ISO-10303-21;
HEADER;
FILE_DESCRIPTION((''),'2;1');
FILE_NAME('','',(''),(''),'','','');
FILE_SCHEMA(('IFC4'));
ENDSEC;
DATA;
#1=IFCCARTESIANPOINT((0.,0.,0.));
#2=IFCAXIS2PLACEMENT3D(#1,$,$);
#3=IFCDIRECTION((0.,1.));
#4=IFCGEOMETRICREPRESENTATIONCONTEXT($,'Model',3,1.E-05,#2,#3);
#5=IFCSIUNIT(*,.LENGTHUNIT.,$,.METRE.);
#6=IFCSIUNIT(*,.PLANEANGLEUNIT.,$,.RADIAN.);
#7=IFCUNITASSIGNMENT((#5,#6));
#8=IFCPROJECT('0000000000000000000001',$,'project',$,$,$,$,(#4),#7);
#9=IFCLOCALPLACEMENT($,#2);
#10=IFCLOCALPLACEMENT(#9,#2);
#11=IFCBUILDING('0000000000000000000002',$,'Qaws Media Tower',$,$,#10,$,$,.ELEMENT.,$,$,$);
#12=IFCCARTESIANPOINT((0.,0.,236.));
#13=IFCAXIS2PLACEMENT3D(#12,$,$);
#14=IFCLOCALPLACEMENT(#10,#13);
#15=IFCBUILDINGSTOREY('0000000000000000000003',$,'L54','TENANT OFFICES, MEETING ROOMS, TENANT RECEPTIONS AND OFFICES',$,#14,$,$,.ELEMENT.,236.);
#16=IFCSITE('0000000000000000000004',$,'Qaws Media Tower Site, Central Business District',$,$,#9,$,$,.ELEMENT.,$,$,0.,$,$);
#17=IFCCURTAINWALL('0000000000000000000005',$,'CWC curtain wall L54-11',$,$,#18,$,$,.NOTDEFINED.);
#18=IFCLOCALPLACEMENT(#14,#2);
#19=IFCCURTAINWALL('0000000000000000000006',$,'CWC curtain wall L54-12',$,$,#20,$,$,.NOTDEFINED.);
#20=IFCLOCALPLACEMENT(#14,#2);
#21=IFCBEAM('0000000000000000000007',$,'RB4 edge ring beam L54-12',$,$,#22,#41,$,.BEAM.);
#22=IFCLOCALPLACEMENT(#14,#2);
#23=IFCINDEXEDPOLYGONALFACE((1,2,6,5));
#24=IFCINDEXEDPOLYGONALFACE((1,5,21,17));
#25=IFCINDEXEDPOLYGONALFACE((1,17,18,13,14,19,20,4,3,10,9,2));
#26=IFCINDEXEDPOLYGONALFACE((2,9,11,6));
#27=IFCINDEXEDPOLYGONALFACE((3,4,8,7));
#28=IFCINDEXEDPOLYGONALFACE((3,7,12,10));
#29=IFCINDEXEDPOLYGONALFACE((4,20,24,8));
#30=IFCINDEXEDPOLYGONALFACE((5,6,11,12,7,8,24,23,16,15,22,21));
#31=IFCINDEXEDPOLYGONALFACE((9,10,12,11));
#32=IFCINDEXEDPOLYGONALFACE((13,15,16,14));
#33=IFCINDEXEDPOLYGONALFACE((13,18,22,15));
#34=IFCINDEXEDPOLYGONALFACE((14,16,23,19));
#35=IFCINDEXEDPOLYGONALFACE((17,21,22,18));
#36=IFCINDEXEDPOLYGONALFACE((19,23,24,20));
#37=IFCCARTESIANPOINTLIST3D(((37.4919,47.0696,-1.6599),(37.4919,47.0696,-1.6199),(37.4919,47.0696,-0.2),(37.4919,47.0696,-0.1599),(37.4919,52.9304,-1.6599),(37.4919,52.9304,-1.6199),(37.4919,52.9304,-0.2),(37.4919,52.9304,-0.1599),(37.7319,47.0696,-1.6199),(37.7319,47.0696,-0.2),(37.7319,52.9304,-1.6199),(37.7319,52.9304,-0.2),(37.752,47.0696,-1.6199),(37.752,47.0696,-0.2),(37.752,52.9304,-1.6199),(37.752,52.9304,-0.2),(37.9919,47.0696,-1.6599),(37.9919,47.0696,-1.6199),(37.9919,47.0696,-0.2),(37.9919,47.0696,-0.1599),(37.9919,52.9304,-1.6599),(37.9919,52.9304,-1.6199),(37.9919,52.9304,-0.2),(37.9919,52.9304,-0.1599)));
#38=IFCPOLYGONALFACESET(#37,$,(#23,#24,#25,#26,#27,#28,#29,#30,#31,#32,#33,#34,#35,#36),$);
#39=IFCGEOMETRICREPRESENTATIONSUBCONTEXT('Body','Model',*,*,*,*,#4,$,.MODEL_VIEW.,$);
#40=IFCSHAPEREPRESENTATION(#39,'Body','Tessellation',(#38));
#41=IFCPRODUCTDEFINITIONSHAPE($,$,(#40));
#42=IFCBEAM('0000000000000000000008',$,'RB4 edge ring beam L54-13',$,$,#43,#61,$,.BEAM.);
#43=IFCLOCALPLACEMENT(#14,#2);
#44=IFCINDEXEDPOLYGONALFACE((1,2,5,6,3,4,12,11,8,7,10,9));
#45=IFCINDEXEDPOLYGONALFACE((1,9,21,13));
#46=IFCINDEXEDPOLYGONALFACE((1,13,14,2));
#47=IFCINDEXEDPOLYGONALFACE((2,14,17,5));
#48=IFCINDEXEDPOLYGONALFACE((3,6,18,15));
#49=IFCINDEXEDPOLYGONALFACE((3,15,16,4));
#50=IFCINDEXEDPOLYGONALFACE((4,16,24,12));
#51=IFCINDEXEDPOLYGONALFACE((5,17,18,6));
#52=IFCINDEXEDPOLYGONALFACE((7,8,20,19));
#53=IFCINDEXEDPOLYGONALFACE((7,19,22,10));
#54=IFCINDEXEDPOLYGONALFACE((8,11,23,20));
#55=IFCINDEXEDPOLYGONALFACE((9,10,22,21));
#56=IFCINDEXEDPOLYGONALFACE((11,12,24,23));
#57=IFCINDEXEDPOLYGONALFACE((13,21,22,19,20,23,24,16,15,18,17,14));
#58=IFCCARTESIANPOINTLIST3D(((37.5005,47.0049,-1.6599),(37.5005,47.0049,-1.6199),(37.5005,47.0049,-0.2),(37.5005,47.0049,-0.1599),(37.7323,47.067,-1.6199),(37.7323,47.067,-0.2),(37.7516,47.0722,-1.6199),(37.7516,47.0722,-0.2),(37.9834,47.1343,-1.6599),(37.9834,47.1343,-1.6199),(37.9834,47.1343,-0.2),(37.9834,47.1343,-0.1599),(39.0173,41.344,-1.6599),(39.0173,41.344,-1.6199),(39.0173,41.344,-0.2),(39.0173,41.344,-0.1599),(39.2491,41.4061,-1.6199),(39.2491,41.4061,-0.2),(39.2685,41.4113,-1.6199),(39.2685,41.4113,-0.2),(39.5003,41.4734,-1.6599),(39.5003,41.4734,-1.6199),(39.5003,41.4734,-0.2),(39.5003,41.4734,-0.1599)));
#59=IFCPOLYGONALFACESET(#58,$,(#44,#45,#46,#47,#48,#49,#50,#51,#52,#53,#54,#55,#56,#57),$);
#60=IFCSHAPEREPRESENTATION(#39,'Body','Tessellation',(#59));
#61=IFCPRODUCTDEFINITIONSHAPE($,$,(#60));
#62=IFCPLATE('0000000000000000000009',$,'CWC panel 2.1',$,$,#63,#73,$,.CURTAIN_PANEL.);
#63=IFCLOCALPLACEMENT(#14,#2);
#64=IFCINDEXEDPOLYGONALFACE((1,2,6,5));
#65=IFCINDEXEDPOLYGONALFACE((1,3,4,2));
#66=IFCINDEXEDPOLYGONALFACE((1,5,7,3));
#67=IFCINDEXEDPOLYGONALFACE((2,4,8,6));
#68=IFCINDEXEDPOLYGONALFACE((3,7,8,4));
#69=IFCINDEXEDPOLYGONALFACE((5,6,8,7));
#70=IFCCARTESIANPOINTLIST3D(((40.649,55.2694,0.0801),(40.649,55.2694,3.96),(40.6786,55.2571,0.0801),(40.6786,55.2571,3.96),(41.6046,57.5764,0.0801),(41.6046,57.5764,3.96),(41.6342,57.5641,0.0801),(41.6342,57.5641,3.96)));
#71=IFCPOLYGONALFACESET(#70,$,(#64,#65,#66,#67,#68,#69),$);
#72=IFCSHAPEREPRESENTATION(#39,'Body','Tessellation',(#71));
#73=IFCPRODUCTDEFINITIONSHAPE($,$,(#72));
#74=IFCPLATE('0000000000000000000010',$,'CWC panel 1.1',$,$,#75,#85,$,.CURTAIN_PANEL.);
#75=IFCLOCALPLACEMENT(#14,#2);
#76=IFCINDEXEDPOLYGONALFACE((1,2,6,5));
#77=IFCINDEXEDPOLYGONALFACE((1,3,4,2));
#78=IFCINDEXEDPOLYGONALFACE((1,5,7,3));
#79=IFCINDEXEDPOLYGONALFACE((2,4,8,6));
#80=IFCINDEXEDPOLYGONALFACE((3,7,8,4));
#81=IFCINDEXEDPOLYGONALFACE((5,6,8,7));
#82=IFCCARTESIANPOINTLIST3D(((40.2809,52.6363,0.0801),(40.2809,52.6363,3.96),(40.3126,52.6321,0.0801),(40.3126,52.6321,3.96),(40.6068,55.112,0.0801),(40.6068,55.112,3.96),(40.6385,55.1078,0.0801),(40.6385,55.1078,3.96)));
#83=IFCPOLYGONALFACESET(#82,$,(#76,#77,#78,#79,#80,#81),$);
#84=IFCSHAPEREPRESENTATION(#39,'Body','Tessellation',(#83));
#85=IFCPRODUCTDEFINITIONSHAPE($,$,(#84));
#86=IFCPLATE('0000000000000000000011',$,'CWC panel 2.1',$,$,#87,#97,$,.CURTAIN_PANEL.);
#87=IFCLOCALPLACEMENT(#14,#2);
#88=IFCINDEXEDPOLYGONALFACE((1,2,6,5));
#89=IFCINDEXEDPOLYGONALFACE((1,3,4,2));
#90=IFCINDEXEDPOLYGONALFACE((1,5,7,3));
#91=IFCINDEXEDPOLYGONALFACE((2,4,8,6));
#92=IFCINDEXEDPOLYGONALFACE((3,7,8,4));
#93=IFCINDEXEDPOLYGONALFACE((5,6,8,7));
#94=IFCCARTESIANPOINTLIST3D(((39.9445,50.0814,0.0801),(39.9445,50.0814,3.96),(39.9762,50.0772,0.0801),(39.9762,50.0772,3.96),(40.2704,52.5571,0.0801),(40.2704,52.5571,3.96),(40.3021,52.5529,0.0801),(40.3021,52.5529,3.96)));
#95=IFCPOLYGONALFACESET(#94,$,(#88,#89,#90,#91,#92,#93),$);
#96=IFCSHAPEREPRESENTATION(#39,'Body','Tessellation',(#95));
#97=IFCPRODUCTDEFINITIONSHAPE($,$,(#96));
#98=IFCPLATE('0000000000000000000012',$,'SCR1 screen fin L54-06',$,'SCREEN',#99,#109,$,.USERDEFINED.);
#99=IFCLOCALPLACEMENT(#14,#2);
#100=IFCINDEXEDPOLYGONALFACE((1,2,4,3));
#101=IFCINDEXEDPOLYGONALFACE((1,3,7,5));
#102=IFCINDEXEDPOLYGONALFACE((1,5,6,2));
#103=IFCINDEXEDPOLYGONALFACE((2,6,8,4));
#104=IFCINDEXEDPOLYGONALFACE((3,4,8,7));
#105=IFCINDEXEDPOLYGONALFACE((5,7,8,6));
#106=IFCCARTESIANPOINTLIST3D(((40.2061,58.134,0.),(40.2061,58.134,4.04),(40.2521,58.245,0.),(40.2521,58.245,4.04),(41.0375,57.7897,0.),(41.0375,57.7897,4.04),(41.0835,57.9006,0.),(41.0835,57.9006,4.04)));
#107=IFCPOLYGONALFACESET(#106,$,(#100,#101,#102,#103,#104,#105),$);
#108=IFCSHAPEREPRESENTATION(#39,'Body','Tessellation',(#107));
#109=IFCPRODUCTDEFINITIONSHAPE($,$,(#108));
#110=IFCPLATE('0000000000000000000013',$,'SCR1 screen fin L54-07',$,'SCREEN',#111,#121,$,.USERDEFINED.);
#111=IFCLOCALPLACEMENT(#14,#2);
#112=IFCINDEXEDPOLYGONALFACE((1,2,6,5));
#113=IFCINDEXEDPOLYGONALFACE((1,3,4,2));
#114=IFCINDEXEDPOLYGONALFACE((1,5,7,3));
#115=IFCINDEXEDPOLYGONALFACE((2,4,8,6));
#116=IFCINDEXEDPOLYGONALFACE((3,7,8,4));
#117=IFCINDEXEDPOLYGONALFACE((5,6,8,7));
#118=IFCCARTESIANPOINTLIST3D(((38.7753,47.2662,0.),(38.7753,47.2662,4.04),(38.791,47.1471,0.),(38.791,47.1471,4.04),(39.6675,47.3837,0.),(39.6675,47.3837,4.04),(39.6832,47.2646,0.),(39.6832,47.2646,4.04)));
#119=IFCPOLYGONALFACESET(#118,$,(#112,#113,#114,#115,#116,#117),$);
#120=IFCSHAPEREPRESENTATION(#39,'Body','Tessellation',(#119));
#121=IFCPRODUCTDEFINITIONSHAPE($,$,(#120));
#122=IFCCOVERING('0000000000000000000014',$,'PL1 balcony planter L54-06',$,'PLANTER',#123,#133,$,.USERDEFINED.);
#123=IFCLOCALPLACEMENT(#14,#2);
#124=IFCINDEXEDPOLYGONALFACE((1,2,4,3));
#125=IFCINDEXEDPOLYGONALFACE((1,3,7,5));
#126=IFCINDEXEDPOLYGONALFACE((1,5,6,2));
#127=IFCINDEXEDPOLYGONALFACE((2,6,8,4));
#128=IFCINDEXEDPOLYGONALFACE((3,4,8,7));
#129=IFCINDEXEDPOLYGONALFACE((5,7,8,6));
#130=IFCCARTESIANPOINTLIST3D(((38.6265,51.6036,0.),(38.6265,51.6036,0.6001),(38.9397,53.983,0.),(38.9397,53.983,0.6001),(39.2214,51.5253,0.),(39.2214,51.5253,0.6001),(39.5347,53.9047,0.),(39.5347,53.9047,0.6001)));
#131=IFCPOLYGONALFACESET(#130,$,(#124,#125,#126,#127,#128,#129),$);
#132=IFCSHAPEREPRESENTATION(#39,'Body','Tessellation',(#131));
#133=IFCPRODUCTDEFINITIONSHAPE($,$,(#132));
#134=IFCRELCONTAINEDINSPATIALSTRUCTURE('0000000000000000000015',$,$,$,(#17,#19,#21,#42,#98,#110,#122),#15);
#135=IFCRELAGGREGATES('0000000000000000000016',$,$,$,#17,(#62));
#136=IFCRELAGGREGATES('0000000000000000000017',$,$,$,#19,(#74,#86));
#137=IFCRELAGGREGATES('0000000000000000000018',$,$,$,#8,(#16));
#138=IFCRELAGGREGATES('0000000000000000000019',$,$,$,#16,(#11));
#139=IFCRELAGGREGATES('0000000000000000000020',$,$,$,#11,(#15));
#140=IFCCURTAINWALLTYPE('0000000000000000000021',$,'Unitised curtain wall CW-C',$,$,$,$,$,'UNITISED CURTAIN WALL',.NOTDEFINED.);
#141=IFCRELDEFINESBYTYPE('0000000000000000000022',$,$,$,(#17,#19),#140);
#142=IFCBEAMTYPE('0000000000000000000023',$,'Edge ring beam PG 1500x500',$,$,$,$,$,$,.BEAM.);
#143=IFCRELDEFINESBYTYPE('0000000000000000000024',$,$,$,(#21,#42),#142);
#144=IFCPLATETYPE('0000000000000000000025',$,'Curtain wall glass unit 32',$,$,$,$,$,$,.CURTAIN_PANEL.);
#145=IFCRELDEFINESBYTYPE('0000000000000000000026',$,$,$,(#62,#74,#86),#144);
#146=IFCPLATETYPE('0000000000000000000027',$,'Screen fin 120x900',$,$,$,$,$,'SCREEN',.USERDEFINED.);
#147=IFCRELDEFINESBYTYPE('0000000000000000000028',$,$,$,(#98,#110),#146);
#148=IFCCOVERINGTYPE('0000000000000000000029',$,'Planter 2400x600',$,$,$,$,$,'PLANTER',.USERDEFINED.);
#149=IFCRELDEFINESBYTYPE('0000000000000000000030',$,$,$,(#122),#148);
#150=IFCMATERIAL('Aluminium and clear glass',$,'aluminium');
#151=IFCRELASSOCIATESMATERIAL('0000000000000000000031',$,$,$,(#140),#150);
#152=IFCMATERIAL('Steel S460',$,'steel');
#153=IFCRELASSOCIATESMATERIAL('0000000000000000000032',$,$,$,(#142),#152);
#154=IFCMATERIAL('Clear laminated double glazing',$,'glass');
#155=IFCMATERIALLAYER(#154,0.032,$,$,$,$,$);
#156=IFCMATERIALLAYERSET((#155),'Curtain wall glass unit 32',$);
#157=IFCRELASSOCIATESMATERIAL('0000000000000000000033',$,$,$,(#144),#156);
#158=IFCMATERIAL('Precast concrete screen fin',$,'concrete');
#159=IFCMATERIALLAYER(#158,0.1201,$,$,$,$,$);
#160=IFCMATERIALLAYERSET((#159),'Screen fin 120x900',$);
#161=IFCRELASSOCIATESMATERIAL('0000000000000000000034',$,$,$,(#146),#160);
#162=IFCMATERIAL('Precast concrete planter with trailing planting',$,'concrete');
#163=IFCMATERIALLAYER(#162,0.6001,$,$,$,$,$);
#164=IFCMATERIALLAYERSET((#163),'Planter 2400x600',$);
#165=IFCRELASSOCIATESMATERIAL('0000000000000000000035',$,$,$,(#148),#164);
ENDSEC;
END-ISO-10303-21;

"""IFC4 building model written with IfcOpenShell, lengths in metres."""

from ifc_helpers import new_model, si_unit, direction, frame, origin, origin_2d, place, context, subcontext, project, spatial, rectangle, i_section, extrude, material, layer, layer_set, material_profile, profile_set, type_object, element, aggregate, save


model = new_model("IFC4")

# Units and contexts
model_context = context("Model", 3, precision=1e-05, world=origin(), true_north=direction((0.0, 1.0)))
body_context = subcontext(model_context, "Body", "Model", "MODEL_VIEW")
ifc_project = project(units=[si_unit("LENGTHUNIT", "METRE"), si_unit("PLANEANGLEUNIT", "RADIAN")], contexts=[model_context])

# Site, building, storey
site_placement = place(None, origin())
site = spatial("IfcSite", under=ifc_project, at=site_placement, Name="Qaws Media Tower Site, Central Business District", CompositionType="ELEMENT", RefElevation=0.0)
building_placement = place(site_placement, origin())
building = spatial("IfcBuilding", under=site, at=building_placement, Name="Qaws Media Tower", CompositionType="ELEMENT")
storey_placement = place(building_placement, frame((0.0, 0.0, 236.0)))
storey = spatial("IfcBuildingStorey", under=building, at=storey_placement, Name="L54", Description="TENANT OFFICES, MEETING ROOMS, TENANT RECEPTIONS AND OFFICES", CompositionType="ELEMENT", Elevation=236.0)

# Curtain wall
ifc_material_1 = material(Name="Aluminium and clear glass", Category="aluminium")
curtain_wall_type = type_object("IfcCurtainWallType", Name="Unitised curtain wall CW-C", ElementType="UNITISED CURTAIN WALL", PredefinedType="NOTDEFINED", material=ifc_material_1)
curtain_wall_1_placement = place(storey_placement, origin())
curtain_wall_1 = element("IfcCurtainWall", 1, at=curtain_wall_1_placement, inside=storey, type_object=curtain_wall_type, Name="CWC curtain wall L54-11", PredefinedType="NOTDEFINED")

# Curtain wall
curtain_wall_2_placement = place(storey_placement, origin())
curtain_wall_2 = element("IfcCurtainWall", 2, at=curtain_wall_2_placement, inside=storey, type_object=curtain_wall_type, Name="CWC curtain wall L54-12", PredefinedType="NOTDEFINED")

# Beams
ifc_material_2 = material(Name="Steel S460", Category="steel")
ifc_material_profile_1 = material_profile(ifc_material_2, i_section(OverallWidth=0.5, OverallDepth=1.5, WebThickness=0.02, FlangeThickness=0.04, at=origin_2d()), Name="PG 1500x500")
ifc_profile_set_1 = profile_set([ifc_material_profile_1], Name="Steel S460")
beam_type = type_object("IfcBeamType", Name="Edge ring beam PG 1500x500", PredefinedType="BEAM", material=ifc_profile_set_1)
beam_1_placement = place(storey_placement, frame((37.7419, 52.9304, -0.9099), z_axis=(0.0, -1.0, 0.0), x_axis=(1.0, 0.0, 0.0)))
element("IfcBeam", 3, at=beam_1_placement, inside=storey, type_object=beam_type, Name="RB4 edge ring beam L54-12", PredefinedType="BEAM", context=body_context, shape_type="SweptSolid", body=[
    extrude(i_section(OverallWidth=0.5, OverallDepth=1.5, WebThickness=0.02, FlangeThickness=0.04, at=origin_2d()), origin(), (0.0, 0.0, 1.0), 5.8608),
])
beam_2_placement = place(storey_placement, frame((37.7419, 47.0696, -0.9099), z_axis=(0.258821, -0.965925, 0.0), x_axis=(0.965925, 0.258821, 0.0)))
element("IfcBeam", 4, at=beam_2_placement, inside=storey, type_object=beam_type, Name="RB4 edge ring beam L54-13", PredefinedType="BEAM", context=body_context, shape_type="SweptSolid", body=[
    extrude(i_section(OverallWidth=0.5, OverallDepth=1.5, WebThickness=0.02, FlangeThickness=0.04, at=origin_2d()), origin(), (0.0, 0.0, 1.0), 5.8606),
])

# Plates
ifc_material_3 = material(Name="Clear laminated double glazing", Category="glass")
ifc_layer_1 = layer(ifc_material_3, 0.032)
ifc_layer_set_1 = layer_set([ifc_layer_1], Name="Curtain wall glass unit 32")
plate_type_1 = type_object("IfcPlateType", Name="Curtain wall glass unit 32", PredefinedType="CURTAIN_PANEL", material=ifc_layer_set_1)
plate_1_placement = place(storey_placement, frame((41.1416, 56.4167, 0.0801), z_axis=(0.0, 0.0, 1.0), x_axis=(-0.382684, -0.923879, 0.0)))
plate_1 = element("IfcPlate", 5, at=plate_1_placement, type_object=plate_type_1, Name="CWC panel 2.1", PredefinedType="CURTAIN_PANEL", context=body_context, shape_type="SweptSolid", body=[
    extrude(rectangle(XDim=2.4971, YDim=0.032, at=origin_2d()), origin(), (0.0, 0.0, 1.0), 3.8799),
])
aggregate(curtain_wall_1, [plate_1])
plate_2_placement = place(storey_placement, frame((40.4597, 53.8721, 0.0801), z_axis=(0.0, 0.0, 1.0), x_axis=(-0.130526, -0.991445, 0.0)))
plate_2 = element("IfcPlate", 6, at=plate_2_placement, type_object=plate_type_1, Name="CWC panel 1.1", PredefinedType="CURTAIN_PANEL", context=body_context, shape_type="SweptSolid", body=[
    extrude(rectangle(XDim=2.4971, YDim=0.032, at=origin_2d()), origin(), (0.0, 0.0, 1.0), 3.8799),
])
plate_3_placement = place(storey_placement, frame((40.1233, 51.3171, 0.0801), z_axis=(0.0, 0.0, 1.0), x_axis=(-0.130526, -0.991445, 0.0)))
plate_3 = element("IfcPlate", 7, at=plate_3_placement, type_object=plate_type_1, Name="CWC panel 2.1", PredefinedType="CURTAIN_PANEL", context=body_context, shape_type="SweptSolid", body=[
    extrude(rectangle(XDim=2.4971, YDim=0.032, at=origin_2d()), origin(), (0.0, 0.0, 1.0), 3.8799),
])
aggregate(curtain_wall_2, [plate_2, plate_3])

# Plates
ifc_material_4 = material(Name="Precast concrete screen fin", Category="concrete")
ifc_layer_2 = layer(ifc_material_4, 0.1201)
ifc_layer_set_2 = layer_set([ifc_layer_2], Name="Screen fin 120x900")
plate_type_2 = type_object("IfcPlateType", Name="Screen fin 120x900", ElementType="SCREEN", PredefinedType="USERDEFINED", material=ifc_layer_set_2)
for number, where, z_axis, x_axis, name in (
    (8, (40.6448, 58.0173, 0.0), (0.0, 0.0, 1.0), (-0.92388, 0.382683, 0.0), "SCR1 screen fin L54-06"),
    (9, (39.2292, 47.2654, 0.0), (0.0, 0.0, 1.0), (-0.991445, -0.130526, 0.0), "SCR1 screen fin L54-07"),
):
    element("IfcPlate", number, at=place(storey_placement, frame(where, z_axis=z_axis, x_axis=x_axis)), inside=storey, type_object=plate_type_2, Name=name, ObjectType="SCREEN", PredefinedType="USERDEFINED", context=body_context, shape_type="SweptSolid", body=[
        extrude(rectangle(XDim=0.8999, YDim=0.1201, at=origin_2d()), origin(), (0.0, 0.0, 1.0), 4.04),
    ])

# Covering
ifc_material_5 = material(Name="Precast concrete planter with trailing planting", Category="concrete")
ifc_layer_3 = layer(ifc_material_5, 0.6001)
ifc_layer_set_3 = layer_set([ifc_layer_3], Name="Planter 2400x600")
covering_type = type_object("IfcCoveringType", Name="Planter 2400x600", ElementType="PLANTER", PredefinedType="USERDEFINED", material=ifc_layer_set_3)
covering_placement = place(storey_placement, frame((39.0806, 52.7542, 0.0), z_axis=(0.0, 0.0, 1.0), x_axis=(-0.130526, -0.991445, 0.0)))
element("IfcCovering", 10, at=covering_placement, inside=storey, type_object=covering_type, Name="PL1 balcony planter L54-06", ObjectType="PLANTER", PredefinedType="USERDEFINED", context=body_context, shape_type="SweptSolid", body=[
    extrude(rectangle(XDim=2.3999, YDim=0.6001, at=origin_2d()), origin(), (0.0, 0.0, 1.0), 0.6001),
])

save(model, "model.ifc")
